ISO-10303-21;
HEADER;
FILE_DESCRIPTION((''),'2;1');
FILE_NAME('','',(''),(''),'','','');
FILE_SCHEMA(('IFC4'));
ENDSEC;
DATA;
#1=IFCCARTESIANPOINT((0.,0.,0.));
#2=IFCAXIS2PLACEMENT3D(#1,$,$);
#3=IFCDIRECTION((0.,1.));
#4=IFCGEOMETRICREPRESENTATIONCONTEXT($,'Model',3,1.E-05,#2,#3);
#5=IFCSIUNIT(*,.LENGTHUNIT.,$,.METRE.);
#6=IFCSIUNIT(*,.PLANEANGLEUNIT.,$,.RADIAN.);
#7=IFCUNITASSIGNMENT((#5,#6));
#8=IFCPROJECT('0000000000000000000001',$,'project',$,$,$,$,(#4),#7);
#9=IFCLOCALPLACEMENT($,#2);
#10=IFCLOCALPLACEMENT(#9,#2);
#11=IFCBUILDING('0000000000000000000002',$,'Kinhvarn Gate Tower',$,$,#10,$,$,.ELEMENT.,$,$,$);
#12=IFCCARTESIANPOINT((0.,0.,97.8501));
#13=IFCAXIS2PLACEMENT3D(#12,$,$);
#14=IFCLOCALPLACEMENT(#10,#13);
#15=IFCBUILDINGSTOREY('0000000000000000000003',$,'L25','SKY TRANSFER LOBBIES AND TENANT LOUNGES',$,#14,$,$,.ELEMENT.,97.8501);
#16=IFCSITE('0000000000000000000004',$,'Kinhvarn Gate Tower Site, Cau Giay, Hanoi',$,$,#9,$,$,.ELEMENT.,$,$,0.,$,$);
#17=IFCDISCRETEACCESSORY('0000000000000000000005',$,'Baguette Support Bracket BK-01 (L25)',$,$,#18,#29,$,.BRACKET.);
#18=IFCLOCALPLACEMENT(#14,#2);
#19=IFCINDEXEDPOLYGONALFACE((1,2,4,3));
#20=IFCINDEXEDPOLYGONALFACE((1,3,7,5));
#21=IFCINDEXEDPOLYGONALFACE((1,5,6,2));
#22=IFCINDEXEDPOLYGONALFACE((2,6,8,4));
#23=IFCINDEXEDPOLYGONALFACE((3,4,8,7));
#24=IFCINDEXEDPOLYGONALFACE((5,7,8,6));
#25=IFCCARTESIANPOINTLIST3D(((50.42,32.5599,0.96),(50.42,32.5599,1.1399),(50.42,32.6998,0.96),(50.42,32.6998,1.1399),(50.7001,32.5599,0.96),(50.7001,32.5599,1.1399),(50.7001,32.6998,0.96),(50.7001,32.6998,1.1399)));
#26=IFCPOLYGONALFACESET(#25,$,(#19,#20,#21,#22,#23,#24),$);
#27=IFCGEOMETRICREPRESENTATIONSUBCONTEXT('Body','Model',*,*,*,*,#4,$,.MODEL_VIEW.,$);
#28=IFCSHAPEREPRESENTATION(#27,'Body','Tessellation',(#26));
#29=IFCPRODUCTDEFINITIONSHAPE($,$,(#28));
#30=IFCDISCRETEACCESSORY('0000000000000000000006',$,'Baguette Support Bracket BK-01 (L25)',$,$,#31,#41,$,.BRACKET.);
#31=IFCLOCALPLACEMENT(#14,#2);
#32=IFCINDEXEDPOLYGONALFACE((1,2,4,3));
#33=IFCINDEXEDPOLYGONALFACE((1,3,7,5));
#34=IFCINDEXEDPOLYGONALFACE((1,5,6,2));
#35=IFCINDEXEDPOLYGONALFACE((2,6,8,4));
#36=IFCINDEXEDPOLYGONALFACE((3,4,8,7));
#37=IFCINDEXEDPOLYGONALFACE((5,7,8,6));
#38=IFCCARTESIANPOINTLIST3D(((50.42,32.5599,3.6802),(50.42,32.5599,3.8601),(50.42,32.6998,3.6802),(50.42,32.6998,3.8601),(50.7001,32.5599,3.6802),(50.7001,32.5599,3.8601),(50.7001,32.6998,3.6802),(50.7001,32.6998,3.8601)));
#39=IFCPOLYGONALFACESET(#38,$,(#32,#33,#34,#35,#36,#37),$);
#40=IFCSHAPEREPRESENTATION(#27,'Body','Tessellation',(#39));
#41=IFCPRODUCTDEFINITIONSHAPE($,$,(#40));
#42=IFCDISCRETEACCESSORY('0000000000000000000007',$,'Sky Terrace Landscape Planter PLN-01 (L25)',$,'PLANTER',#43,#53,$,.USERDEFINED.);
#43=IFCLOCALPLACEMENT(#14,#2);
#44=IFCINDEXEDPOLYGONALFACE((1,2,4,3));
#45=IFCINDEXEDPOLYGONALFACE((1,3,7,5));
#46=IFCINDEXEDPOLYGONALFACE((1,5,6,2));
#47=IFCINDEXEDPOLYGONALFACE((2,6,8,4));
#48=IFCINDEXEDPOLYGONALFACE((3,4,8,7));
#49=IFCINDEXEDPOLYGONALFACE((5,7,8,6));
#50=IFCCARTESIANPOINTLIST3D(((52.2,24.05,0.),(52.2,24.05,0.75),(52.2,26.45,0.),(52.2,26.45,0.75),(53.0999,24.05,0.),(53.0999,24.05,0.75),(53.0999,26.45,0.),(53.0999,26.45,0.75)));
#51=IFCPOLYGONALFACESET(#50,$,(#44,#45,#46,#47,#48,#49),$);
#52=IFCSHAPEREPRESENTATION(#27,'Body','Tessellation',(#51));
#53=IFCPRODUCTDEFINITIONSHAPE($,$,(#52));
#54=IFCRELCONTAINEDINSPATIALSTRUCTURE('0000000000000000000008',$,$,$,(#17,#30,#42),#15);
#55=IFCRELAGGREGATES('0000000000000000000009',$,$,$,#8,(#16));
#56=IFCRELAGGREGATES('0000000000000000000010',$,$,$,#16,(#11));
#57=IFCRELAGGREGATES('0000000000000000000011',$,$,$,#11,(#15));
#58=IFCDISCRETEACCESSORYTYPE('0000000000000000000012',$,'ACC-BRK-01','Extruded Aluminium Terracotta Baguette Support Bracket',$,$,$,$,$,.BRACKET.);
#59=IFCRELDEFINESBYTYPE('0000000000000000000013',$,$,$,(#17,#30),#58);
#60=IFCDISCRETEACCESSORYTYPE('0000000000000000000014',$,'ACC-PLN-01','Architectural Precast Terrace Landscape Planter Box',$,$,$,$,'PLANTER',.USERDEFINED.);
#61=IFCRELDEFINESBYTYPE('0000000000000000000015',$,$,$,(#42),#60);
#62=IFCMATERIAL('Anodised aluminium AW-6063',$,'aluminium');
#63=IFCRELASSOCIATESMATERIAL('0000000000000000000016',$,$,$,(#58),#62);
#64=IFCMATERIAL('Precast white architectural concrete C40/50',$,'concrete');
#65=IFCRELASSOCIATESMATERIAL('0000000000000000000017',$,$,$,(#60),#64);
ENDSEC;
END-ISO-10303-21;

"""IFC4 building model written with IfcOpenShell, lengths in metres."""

from ifc_helpers import new_model, si_unit, direction, frame, origin, origin_2d, place, context, subcontext, project, spatial, rectangle, extrude, material, type_object, element, save


model = new_model("IFC4")

# Units and contexts
model_context = context("Model", 3, precision=1e-05, world=origin(), true_north=direction((0.0, 1.0)))
body_context = subcontext(model_context, "Body", "Model", "MODEL_VIEW")
ifc_project = project(units=[si_unit("LENGTHUNIT", "METRE"), si_unit("PLANEANGLEUNIT", "RADIAN")], contexts=[model_context])

# Site, building, storey
site_placement = place(None, origin())
site = spatial("IfcSite", under=ifc_project, at=site_placement, Name="Kinhvarn Gate Tower Site, Cau Giay, Hanoi", CompositionType="ELEMENT", RefElevation=0.0)
building_placement = place(site_placement, origin())
building = spatial("IfcBuilding", under=site, at=building_placement, Name="Kinhvarn Gate Tower", CompositionType="ELEMENT")
storey_placement = place(building_placement, frame((0.0, 0.0, 97.8501)))
storey = spatial("IfcBuildingStorey", under=building, at=storey_placement, Name="L25", Description="SKY TRANSFER LOBBIES AND TENANT LOUNGES", CompositionType="ELEMENT", Elevation=97.8501)

# Shared definitions
ifc_material_1 = material(Name="Anodised aluminium AW-6063", Category="aluminium")

# Discrete accessories
discrete_accessory_type_1 = type_object("IfcDiscreteAccessoryType", Name="ACC-BRK-01", Description="Extruded Aluminium Terracotta Baguette Support Bracket", PredefinedType="BRACKET", material=ifc_material_1)
for number, where, z_axis, x_axis, name in (
    (1, (50.5601, 32.6299, 0.96), (0.0, 0.0, 1.0), (0.0, 1.0, 0.0), "Baguette Support Bracket BK-01 (L25)"),
    (2, (50.5601, 32.6299, 3.6802), (0.0, 0.0, 1.0), (0.0, 1.0, 0.0), "Baguette Support Bracket BK-01 (L25)"),
):
    element("IfcDiscreteAccessory", number, at=place(storey_placement, frame(where, z_axis=z_axis, x_axis=x_axis)), inside=storey, type_object=discrete_accessory_type_1, Name=name, PredefinedType="BRACKET", context=body_context, shape_type="SweptSolid", body=[
        extrude(rectangle(XDim=0.1399, YDim=0.28, at=origin_2d()), origin(), (0.0, 0.0, 1.0), 0.1799),
    ])
ifc_material_2 = material(Name="Precast white architectural concrete C40/50", Category="concrete")
discrete_accessory_type_2 = type_object("IfcDiscreteAccessoryType", Name="ACC-PLN-01", Description="Architectural Precast Terrace Landscape Planter Box", ElementType="PLANTER", PredefinedType="USERDEFINED", material=ifc_material_2)
discrete_accessory_placement = place(storey_placement, frame((52.6499, 25.25, 0.0), z_axis=(0.0, 0.0, 1.0), x_axis=(1.0, 0.0, 0.0)))
element("IfcDiscreteAccessory", 3, at=discrete_accessory_placement, inside=storey, type_object=discrete_accessory_type_2, Name="Sky Terrace Landscape Planter PLN-01 (L25)", ObjectType="PLANTER", PredefinedType="USERDEFINED", context=body_context, shape_type="SweptSolid", body=[
    extrude(rectangle(XDim=0.8999, YDim=2.3999, at=origin_2d()), origin(), (0.0, 0.0, 1.0), 0.75),
])

save(model, "model.ifc")
